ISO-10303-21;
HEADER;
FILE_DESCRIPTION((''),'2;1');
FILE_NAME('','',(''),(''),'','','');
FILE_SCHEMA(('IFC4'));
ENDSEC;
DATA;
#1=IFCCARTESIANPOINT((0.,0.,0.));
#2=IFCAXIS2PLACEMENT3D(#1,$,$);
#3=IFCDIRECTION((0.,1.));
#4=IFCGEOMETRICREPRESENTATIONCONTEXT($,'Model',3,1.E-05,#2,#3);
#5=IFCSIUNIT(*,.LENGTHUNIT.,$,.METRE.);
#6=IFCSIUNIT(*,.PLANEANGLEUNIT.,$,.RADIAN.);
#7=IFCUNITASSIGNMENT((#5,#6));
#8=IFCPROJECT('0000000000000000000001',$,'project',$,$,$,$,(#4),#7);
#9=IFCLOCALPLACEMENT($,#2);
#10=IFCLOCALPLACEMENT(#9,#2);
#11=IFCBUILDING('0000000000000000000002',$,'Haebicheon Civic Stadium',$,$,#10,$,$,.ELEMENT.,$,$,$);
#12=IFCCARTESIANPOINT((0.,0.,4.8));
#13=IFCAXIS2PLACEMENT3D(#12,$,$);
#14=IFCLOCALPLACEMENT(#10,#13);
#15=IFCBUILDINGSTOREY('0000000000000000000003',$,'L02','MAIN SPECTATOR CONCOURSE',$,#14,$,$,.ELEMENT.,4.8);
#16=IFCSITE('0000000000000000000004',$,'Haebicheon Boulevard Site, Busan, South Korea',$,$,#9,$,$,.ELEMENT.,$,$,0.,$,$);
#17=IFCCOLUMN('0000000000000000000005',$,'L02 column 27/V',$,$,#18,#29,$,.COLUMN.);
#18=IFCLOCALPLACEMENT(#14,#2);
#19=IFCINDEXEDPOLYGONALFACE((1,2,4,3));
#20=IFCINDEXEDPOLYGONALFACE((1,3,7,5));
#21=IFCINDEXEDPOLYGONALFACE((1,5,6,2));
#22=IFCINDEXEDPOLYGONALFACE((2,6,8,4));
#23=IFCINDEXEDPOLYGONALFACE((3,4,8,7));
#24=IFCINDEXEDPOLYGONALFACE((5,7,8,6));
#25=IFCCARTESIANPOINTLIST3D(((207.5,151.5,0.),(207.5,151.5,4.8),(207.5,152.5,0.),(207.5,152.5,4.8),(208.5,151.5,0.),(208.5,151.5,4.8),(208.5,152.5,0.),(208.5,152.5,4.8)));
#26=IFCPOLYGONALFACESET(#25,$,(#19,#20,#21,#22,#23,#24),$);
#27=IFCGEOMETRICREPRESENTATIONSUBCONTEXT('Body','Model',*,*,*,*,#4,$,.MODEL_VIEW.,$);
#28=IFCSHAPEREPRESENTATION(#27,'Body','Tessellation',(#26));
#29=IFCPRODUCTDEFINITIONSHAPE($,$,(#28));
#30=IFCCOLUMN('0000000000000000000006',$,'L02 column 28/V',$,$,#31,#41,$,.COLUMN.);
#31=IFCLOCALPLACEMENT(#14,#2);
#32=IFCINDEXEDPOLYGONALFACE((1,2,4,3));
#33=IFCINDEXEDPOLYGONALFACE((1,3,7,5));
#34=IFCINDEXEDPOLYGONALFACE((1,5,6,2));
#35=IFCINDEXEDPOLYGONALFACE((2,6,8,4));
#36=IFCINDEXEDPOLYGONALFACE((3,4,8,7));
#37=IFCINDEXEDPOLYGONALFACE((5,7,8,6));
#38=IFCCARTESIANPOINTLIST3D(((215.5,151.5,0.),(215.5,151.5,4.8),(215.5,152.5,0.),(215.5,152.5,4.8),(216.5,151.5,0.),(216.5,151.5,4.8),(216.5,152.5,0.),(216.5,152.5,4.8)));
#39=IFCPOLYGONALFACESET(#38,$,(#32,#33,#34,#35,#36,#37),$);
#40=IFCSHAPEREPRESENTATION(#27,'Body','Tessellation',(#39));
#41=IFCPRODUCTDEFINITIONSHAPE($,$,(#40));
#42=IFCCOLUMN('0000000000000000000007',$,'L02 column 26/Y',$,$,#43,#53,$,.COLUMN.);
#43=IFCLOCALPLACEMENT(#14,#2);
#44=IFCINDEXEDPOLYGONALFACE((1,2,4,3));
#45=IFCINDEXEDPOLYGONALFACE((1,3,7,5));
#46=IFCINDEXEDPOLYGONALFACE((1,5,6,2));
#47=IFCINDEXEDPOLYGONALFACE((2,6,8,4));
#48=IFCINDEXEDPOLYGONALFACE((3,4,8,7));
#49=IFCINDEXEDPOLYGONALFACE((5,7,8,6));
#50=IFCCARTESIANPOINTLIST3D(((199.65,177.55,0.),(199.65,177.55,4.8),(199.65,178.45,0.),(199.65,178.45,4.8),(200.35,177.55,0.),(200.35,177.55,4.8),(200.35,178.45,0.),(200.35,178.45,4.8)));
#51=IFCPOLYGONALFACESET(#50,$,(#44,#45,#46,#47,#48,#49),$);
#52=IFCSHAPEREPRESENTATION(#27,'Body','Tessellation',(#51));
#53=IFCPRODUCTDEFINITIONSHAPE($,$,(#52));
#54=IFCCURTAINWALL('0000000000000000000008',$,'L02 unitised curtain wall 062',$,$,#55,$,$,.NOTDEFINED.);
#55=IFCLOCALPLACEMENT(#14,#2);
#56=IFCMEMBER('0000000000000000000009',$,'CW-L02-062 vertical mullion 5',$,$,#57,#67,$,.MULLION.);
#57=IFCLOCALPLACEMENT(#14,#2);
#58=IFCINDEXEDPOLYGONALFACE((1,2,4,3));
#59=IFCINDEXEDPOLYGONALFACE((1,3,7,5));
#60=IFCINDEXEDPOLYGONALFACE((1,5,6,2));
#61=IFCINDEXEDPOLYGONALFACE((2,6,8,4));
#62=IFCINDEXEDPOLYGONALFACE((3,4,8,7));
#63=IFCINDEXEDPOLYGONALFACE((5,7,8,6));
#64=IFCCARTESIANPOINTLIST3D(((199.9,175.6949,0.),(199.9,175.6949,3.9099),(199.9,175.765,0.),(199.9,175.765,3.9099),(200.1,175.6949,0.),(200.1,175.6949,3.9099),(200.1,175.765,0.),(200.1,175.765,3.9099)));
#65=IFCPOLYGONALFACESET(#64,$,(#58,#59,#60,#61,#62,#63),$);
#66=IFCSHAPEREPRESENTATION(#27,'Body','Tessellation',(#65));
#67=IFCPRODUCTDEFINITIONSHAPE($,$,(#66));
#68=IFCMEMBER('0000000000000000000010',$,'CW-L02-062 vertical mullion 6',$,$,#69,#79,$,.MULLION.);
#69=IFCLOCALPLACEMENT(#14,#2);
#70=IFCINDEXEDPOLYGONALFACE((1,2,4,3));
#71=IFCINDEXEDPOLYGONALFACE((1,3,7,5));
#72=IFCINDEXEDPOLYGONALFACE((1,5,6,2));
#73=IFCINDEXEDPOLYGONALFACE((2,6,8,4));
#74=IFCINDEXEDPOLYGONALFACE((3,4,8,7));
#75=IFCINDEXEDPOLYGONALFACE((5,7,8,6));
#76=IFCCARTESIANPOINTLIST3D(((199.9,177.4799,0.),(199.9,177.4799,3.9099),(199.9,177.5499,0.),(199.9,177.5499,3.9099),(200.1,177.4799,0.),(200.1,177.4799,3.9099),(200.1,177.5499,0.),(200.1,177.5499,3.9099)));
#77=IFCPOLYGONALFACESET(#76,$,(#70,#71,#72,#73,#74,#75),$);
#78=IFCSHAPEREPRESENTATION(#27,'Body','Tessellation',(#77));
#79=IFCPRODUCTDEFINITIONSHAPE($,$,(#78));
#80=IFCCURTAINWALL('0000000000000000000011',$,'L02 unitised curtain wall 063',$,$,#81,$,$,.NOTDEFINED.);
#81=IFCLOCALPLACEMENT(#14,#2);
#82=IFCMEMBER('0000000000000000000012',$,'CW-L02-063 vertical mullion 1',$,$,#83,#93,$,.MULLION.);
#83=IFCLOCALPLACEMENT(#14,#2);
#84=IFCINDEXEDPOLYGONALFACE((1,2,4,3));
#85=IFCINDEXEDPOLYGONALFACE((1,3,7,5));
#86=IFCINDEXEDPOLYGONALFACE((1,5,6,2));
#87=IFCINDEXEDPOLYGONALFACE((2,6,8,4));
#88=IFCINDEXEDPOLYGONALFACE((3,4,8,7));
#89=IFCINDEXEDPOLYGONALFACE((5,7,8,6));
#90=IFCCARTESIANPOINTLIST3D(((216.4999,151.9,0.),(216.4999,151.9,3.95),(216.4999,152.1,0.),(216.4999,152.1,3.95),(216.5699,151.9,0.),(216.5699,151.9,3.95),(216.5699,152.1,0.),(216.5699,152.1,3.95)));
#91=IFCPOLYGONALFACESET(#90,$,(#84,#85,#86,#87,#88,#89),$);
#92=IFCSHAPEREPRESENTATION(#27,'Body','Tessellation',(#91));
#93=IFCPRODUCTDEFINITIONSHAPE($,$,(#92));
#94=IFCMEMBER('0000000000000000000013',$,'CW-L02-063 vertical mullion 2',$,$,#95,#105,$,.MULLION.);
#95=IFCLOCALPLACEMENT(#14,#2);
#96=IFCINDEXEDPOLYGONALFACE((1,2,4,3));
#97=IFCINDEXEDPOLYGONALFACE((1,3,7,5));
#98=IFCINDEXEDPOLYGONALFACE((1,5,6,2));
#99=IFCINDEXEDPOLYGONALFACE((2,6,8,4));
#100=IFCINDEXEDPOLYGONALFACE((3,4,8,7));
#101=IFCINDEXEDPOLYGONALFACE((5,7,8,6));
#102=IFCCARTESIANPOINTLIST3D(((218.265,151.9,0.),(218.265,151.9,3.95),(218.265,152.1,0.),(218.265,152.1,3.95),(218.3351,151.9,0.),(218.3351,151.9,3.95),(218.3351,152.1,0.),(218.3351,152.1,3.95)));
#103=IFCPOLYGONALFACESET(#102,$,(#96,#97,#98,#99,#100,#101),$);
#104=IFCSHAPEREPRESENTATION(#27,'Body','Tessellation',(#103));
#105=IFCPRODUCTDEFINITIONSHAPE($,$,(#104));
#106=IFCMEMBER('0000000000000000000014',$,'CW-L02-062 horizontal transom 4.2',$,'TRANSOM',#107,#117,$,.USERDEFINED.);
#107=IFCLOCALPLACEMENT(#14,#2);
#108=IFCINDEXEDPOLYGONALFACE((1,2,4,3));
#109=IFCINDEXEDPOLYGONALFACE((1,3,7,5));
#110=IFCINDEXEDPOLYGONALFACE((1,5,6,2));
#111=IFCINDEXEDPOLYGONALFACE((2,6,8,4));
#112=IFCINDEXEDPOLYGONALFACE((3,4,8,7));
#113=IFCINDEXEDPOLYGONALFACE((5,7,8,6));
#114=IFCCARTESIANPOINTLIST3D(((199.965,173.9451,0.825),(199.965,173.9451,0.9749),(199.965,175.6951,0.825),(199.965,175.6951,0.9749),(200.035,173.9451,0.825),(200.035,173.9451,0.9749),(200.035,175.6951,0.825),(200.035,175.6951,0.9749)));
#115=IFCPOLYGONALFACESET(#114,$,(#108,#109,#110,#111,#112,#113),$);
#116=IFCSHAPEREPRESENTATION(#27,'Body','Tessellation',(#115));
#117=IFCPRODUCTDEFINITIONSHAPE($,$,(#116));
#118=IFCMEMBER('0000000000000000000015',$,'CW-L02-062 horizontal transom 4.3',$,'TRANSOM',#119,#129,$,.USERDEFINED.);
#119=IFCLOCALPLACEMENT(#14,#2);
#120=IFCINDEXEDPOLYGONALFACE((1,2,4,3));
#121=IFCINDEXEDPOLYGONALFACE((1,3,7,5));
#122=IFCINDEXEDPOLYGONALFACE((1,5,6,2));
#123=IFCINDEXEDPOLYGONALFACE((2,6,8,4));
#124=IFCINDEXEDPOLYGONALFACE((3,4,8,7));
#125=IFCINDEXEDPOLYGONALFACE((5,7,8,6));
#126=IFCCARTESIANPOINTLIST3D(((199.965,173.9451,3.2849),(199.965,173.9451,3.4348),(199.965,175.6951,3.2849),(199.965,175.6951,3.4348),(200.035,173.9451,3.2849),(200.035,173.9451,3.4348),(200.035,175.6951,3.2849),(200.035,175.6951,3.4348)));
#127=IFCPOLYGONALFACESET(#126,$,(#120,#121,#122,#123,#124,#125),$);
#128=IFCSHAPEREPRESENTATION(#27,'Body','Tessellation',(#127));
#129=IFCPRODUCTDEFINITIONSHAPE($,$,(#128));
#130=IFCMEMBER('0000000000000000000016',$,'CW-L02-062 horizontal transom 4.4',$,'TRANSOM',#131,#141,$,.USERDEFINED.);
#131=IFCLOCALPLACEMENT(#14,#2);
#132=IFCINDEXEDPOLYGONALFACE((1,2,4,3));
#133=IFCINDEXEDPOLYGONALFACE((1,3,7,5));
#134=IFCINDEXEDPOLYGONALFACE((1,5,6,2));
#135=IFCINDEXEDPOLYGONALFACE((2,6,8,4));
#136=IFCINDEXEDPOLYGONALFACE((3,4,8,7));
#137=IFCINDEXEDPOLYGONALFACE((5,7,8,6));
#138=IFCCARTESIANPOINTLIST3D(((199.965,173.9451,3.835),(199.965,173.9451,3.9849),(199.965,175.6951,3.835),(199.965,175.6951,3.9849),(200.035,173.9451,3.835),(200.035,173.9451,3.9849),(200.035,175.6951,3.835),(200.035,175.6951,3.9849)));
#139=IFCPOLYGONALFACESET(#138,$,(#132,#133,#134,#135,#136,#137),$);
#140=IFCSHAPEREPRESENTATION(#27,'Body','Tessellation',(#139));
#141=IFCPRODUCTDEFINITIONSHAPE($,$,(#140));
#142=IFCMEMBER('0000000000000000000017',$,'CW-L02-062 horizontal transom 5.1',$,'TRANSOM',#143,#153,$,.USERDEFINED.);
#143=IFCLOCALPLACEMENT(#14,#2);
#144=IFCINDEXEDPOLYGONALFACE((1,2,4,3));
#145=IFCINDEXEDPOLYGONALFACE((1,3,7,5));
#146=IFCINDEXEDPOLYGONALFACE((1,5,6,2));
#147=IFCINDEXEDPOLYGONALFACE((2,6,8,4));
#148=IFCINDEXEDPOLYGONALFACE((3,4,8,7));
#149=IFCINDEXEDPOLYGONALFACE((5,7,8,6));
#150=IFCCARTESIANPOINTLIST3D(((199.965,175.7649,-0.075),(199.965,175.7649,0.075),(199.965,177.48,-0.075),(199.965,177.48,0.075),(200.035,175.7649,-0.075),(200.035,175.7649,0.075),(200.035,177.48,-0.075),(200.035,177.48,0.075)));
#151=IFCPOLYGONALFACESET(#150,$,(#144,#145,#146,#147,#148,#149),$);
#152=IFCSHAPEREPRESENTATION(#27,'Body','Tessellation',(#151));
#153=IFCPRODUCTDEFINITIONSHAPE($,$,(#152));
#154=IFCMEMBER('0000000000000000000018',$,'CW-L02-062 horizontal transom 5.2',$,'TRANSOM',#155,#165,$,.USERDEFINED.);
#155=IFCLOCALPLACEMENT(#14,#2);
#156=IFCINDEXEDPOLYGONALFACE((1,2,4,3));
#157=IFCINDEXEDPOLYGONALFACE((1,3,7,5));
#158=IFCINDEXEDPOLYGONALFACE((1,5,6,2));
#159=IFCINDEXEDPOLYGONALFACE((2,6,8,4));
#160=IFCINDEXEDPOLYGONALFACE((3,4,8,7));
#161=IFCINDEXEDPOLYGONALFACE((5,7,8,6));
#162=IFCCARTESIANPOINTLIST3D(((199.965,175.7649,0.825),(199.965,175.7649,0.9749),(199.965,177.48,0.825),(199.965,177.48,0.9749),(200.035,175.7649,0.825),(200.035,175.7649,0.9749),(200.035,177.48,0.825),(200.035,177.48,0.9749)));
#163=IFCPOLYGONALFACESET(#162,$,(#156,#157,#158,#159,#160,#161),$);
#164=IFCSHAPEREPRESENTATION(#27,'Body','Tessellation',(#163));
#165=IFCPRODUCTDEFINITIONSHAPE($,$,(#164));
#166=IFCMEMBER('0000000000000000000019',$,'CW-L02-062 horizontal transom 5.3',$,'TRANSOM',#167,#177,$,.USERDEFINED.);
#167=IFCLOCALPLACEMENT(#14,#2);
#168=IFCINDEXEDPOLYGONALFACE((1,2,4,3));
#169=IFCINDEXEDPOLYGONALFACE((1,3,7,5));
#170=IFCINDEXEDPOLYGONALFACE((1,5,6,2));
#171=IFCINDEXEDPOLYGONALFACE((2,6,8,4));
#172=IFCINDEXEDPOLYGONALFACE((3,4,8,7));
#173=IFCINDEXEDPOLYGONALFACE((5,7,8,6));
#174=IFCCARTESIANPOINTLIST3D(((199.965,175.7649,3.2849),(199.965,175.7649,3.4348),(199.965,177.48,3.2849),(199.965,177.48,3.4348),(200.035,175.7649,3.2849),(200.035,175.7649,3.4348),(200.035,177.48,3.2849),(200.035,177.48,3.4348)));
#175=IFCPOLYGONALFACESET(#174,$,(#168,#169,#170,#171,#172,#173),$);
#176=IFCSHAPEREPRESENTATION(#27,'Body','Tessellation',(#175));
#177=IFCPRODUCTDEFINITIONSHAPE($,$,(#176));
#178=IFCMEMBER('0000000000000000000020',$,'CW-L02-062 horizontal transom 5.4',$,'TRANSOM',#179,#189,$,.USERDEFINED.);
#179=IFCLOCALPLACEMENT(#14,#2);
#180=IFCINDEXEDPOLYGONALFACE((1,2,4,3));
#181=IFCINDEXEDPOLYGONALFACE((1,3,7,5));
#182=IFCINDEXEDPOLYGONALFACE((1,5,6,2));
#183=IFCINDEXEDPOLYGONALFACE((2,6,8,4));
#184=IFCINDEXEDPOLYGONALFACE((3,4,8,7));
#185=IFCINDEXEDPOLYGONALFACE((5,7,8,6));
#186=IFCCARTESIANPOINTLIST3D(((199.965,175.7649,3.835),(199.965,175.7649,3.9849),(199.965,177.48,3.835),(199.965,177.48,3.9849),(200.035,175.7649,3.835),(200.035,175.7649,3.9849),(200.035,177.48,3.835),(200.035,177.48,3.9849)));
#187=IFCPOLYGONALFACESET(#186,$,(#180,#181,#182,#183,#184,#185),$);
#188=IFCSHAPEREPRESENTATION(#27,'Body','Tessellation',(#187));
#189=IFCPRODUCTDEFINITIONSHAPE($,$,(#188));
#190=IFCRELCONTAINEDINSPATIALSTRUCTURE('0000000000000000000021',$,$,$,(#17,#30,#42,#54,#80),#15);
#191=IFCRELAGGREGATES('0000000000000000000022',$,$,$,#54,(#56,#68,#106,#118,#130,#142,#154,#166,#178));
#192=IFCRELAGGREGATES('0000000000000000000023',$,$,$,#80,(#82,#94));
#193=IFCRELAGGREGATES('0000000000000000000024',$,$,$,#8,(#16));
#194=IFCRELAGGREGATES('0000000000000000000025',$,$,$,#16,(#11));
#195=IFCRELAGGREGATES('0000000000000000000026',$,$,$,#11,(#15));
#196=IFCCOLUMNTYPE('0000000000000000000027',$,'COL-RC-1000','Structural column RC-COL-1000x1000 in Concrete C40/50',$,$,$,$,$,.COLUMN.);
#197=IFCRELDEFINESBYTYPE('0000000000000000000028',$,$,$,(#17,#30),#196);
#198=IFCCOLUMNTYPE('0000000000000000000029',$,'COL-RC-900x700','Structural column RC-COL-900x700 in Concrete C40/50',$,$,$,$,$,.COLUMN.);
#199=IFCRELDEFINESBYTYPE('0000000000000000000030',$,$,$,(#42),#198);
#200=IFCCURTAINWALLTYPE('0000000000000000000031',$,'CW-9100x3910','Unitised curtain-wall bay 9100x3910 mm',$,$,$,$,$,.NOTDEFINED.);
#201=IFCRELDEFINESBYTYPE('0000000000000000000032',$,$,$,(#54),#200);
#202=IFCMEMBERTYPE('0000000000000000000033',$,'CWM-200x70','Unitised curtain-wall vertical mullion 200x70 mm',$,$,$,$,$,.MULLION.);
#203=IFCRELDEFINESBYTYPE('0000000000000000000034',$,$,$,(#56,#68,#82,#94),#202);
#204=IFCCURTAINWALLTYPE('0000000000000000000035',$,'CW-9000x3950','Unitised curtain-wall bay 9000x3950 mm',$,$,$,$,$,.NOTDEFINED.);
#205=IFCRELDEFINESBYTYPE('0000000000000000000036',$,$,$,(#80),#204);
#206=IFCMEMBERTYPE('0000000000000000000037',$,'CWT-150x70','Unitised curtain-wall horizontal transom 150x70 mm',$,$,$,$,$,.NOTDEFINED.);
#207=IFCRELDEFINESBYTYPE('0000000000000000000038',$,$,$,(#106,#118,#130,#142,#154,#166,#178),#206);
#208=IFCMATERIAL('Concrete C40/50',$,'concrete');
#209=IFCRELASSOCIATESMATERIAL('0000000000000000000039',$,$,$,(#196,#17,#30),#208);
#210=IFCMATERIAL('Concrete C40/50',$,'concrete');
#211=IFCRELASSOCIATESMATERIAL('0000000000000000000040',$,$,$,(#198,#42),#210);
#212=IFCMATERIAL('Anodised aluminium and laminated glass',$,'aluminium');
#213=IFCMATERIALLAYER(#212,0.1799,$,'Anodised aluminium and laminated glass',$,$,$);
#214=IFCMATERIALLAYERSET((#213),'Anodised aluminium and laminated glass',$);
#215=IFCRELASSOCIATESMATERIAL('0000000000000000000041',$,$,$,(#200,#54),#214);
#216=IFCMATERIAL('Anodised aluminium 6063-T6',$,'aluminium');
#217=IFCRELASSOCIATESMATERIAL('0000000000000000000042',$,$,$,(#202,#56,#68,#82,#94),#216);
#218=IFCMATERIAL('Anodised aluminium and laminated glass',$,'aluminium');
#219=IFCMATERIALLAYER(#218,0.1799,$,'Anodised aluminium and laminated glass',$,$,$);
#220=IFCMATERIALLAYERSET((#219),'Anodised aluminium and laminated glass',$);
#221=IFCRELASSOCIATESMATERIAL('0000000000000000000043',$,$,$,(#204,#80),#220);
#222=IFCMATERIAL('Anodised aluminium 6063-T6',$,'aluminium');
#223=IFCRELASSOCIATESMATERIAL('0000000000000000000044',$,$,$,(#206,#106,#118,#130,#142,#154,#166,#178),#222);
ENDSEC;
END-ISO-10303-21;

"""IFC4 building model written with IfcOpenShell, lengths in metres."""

from ifc_helpers import new_model, si_unit, direction, frame, origin, origin_2d, place, context, subcontext, project, spatial, rectangle, extrude, material, layer, layer_set, material_profile, profile_set, type_object, element, aggregate, save


model = new_model("IFC4")

# Units and contexts
model_context = context("Model", 3, precision=1e-05, world=origin(), true_north=direction((0.0, 1.0)))
body_context = subcontext(model_context, "Body", "Model", "MODEL_VIEW")
ifc_project = project(units=[si_unit("LENGTHUNIT", "METRE"), si_unit("PLANEANGLEUNIT", "RADIAN")], contexts=[model_context])

# Site, building, storey
site_placement = place(None, origin())
site = spatial("IfcSite", under=ifc_project, at=site_placement, Name="Haebicheon Boulevard Site, Busan, South Korea", CompositionType="ELEMENT", RefElevation=0.0)
building_placement = place(site_placement, origin())
building = spatial("IfcBuilding", under=site, at=building_placement, Name="Haebicheon Civic Stadium", CompositionType="ELEMENT")
storey_placement = place(building_placement, frame((0.0, 0.0, 4.8)))
storey = spatial("IfcBuildingStorey", under=building, at=storey_placement, Name="L02", Description="MAIN SPECTATOR CONCOURSE", CompositionType="ELEMENT", Elevation=4.8)

# Columns
ifc_material_1 = material(Name="Concrete C40/50", Category="concrete")
ifc_material_profile_1 = material_profile(ifc_material_1, rectangle(XDim=1.0, YDim=1.0, at=origin_2d()), Name="RC-COL-1000x1000")
ifc_profile_set_1 = profile_set([ifc_material_profile_1], Name="Concrete C40/50")
column_type_1 = type_object("IfcColumnType", Name="COL-RC-1000", Description="Structural column RC-COL-1000x1000 in Concrete C40/50", PredefinedType="COLUMN", material=ifc_profile_set_1)
for number, where, z_axis, x_axis, name in (
    (1, (208.0, 152.0, 0.0), (0.0, 0.0, 1.0), (1.0, 0.0, 0.0), "L02 column 27/V"),
    (2, (216.0, 152.0, 0.0), (0.0, 0.0, 1.0), (1.0, 0.0, 0.0), "L02 column 28/V"),
):
    element("IfcColumn", number, at=place(storey_placement, frame(where, z_axis=z_axis, x_axis=x_axis)), inside=storey, type_object=column_type_1, material=ifc_profile_set_1, Name=name, PredefinedType="COLUMN", context=body_context, shape_type="SweptSolid", body=[
        extrude(rectangle(XDim=1.0, YDim=1.0, at=origin_2d()), origin(), (0.0, 0.0, 1.0), 4.8),
    ])
ifc_material_2 = material(Name="Concrete C40/50", Category="concrete")
ifc_material_profile_2 = material_profile(ifc_material_2, rectangle(XDim=0.7, YDim=0.8999, at=origin_2d()), Name="RC-COL-900x700")
ifc_profile_set_2 = profile_set([ifc_material_profile_2], Name="Concrete C40/50")
column_type_2 = type_object("IfcColumnType", Name="COL-RC-900x700", Description="Structural column RC-COL-900x700 in Concrete C40/50", PredefinedType="COLUMN", material=ifc_profile_set_2)
column_placement = place(storey_placement, frame((200.0, 178.0, 0.0), z_axis=(0.0, 0.0, 1.0), x_axis=(1.0, 0.0, 0.0)))
element("IfcColumn", 3, at=column_placement, inside=storey, type_object=column_type_2, material=ifc_profile_set_2, Name="L02 column 26/Y", PredefinedType="COLUMN", context=body_context, shape_type="SweptSolid", body=[
    extrude(rectangle(XDim=0.7, YDim=0.8999, at=origin_2d()), origin(), (0.0, 0.0, 1.0), 4.8),
])

# Curtain walls, members
ifc_material_3 = material(Name="Anodised aluminium and laminated glass", Category="aluminium")
ifc_layer_1 = layer(ifc_material_3, 0.1799, Name="Anodised aluminium and laminated glass")
ifc_layer_set_1 = layer_set([ifc_layer_1], Name="Anodised aluminium and laminated glass")
curtain_wall_type_1 = type_object("IfcCurtainWallType", Name="CW-9100x3910", Description="Unitised curtain-wall bay 9100x3910 mm", PredefinedType="NOTDEFINED", material=ifc_layer_set_1)
curtain_wall_1_placement = place(storey_placement, origin())
curtain_wall_1 = element("IfcCurtainWall", 4, at=curtain_wall_1_placement, inside=storey, type_object=curtain_wall_type_1, material=ifc_layer_set_1, Name="L02 unitised curtain wall 062", PredefinedType="NOTDEFINED")
ifc_material_4 = material(Name="Anodised aluminium 6063-T6", Category="aluminium")
ifc_material_profile_3 = material_profile(ifc_material_4, rectangle(XDim=0.0701, YDim=0.2, at=origin_2d()), Name="ALU-MULL-70x200")
ifc_profile_set_3 = profile_set([ifc_material_profile_3], Name="Anodised aluminium 6063-T6")
member_type_1 = type_object("IfcMemberType", Name="CWM-200x70", Description="Unitised curtain-wall vertical mullion 200x70 mm", PredefinedType="MULLION", material=ifc_profile_set_3)
member_1_placement = place(storey_placement, frame((200.0, 175.73, 0.0), z_axis=(0.0, 0.0, 1.0), x_axis=(0.0, 1.0, 0.0)))
member_1 = element("IfcMember", 5, at=member_1_placement, type_object=member_type_1, material=ifc_profile_set_3, Name="CW-L02-062 vertical mullion 5", PredefinedType="MULLION", context=body_context, shape_type="SweptSolid", body=[
    extrude(rectangle(XDim=0.0701, YDim=0.2, at=origin_2d()), origin(), (0.0, 0.0, 1.0), 3.9099),
])
member_2_placement = place(storey_placement, frame((200.0, 177.5149, 0.0), z_axis=(0.0, 0.0, 1.0), x_axis=(0.0, 1.0, 0.0)))
member_2 = element("IfcMember", 6, at=member_2_placement, type_object=member_type_1, material=ifc_profile_set_3, Name="CW-L02-062 vertical mullion 6", PredefinedType="MULLION", context=body_context, shape_type="SweptSolid", body=[
    extrude(rectangle(XDim=0.0701, YDim=0.2, at=origin_2d()), origin(), (0.0, 0.0, 1.0), 3.9099),
])
ifc_material_5 = material(Name="Anodised aluminium and laminated glass", Category="aluminium")
ifc_layer_2 = layer(ifc_material_5, 0.1799, Name="Anodised aluminium and laminated glass")
ifc_layer_set_2 = layer_set([ifc_layer_2], Name="Anodised aluminium and laminated glass")
curtain_wall_type_2 = type_object("IfcCurtainWallType", Name="CW-9000x3950", Description="Unitised curtain-wall bay 9000x3950 mm", PredefinedType="NOTDEFINED", material=ifc_layer_set_2)
curtain_wall_2_placement = place(storey_placement, origin())
curtain_wall_2 = element("IfcCurtainWall", 7, at=curtain_wall_2_placement, inside=storey, type_object=curtain_wall_type_2, material=ifc_layer_set_2, Name="L02 unitised curtain wall 063", PredefinedType="NOTDEFINED")
member_3_placement = place(storey_placement, frame((216.5349, 152.0, 0.0), z_axis=(0.0, 0.0, 1.0), x_axis=(1.0, 0.0, 0.0)))
member_3 = element("IfcMember", 8, at=member_3_placement, type_object=member_type_1, material=ifc_profile_set_3, Name="CW-L02-063 vertical mullion 1", PredefinedType="MULLION", context=body_context, shape_type="SweptSolid", body=[
    extrude(rectangle(XDim=0.0701, YDim=0.2, at=origin_2d()), origin(), (0.0, 0.0, 1.0), 3.95),
])
member_4_placement = place(storey_placement, frame((218.3, 152.0, 0.0), z_axis=(0.0, 0.0, 1.0), x_axis=(1.0, 0.0, 0.0)))
member_4 = element("IfcMember", 9, at=member_4_placement, type_object=member_type_1, material=ifc_profile_set_3, Name="CW-L02-063 vertical mullion 2", PredefinedType="MULLION", context=body_context, shape_type="SweptSolid", body=[
    extrude(rectangle(XDim=0.0701, YDim=0.2, at=origin_2d()), origin(), (0.0, 0.0, 1.0), 3.95),
])

# Members
ifc_material_6 = material(Name="Anodised aluminium 6063-T6", Category="aluminium")
ifc_material_profile_4 = material_profile(ifc_material_6, rectangle(XDim=0.0701, YDim=0.1499, at=origin_2d()), Name="ALU-TRAN-70x150")
ifc_profile_set_4 = profile_set([ifc_material_profile_4], Name="Anodised aluminium 6063-T6")
member_type_2 = type_object("IfcMemberType", Name="CWT-150x70", Description="Unitised curtain-wall horizontal transom 150x70 mm", PredefinedType="NOTDEFINED", material=ifc_profile_set_4)
member_5_placement = place(storey_placement, frame((200.0, 173.9451, 0.8999), z_axis=(0.0, 1.0, 0.0), x_axis=(-1.0, 0.0, 0.0)))
member_5 = element("IfcMember", 10, at=member_5_placement, type_object=member_type_2, material=ifc_profile_set_4, Name="CW-L02-062 horizontal transom 4.2", ObjectType="TRANSOM", PredefinedType="USERDEFINED", context=body_context, shape_type="SweptSolid", body=[
    extrude(rectangle(XDim=0.0701, YDim=0.1499, at=origin_2d()), origin(), (0.0, 0.0, 1.0), 1.75),
])
member_6_placement = place(storey_placement, frame((200.0, 173.9451, 3.3599), z_axis=(0.0, 1.0, 0.0), x_axis=(-1.0, 0.0, 0.0)))
member_6 = element("IfcMember", 11, at=member_6_placement, type_object=member_type_2, material=ifc_profile_set_4, Name="CW-L02-062 horizontal transom 4.3", ObjectType="TRANSOM", PredefinedType="USERDEFINED", context=body_context, shape_type="SweptSolid", body=[
    extrude(rectangle(XDim=0.0701, YDim=0.1499, at=origin_2d()), origin(), (0.0, 0.0, 1.0), 1.75),
])
member_7_placement = place(storey_placement, frame((200.0, 173.9451, 3.9099), z_axis=(0.0, 1.0, 0.0), x_axis=(-1.0, 0.0, 0.0)))
member_7 = element("IfcMember", 12, at=member_7_placement, type_object=member_type_2, material=ifc_profile_set_4, Name="CW-L02-062 horizontal transom 4.4", ObjectType="TRANSOM", PredefinedType="USERDEFINED", context=body_context, shape_type="SweptSolid", body=[
    extrude(rectangle(XDim=0.0701, YDim=0.1499, at=origin_2d()), origin(), (0.0, 0.0, 1.0), 1.75),
])
member_8_placement = place(storey_placement, frame((200.0, 175.7649, 0.0), z_axis=(0.0, 1.0, 0.0), x_axis=(-1.0, 0.0, 0.0)))
member_8 = element("IfcMember", 13, at=member_8_placement, type_object=member_type_2, material=ifc_profile_set_4, Name="CW-L02-062 horizontal transom 5.1", ObjectType="TRANSOM", PredefinedType="USERDEFINED", context=body_context, shape_type="SweptSolid", body=[
    extrude(rectangle(XDim=0.0701, YDim=0.1499, at=origin_2d()), origin(), (0.0, 0.0, 1.0), 1.7151),
])
member_9_placement = place(storey_placement, frame((200.0, 175.7649, 0.8999), z_axis=(0.0, 1.0, 0.0), x_axis=(-1.0, 0.0, 0.0)))
member_9 = element("IfcMember", 14, at=member_9_placement, type_object=member_type_2, material=ifc_profile_set_4, Name="CW-L02-062 horizontal transom 5.2", ObjectType="TRANSOM", PredefinedType="USERDEFINED", context=body_context, shape_type="SweptSolid", body=[
    extrude(rectangle(XDim=0.0701, YDim=0.1499, at=origin_2d()), origin(), (0.0, 0.0, 1.0), 1.7151),
])
member_10_placement = place(storey_placement, frame((200.0, 175.7649, 3.3599), z_axis=(0.0, 1.0, 0.0), x_axis=(-1.0, 0.0, 0.0)))
member_10 = element("IfcMember", 15, at=member_10_placement, type_object=member_type_2, material=ifc_profile_set_4, Name="CW-L02-062 horizontal transom 5.3", ObjectType="TRANSOM", PredefinedType="USERDEFINED", context=body_context, shape_type="SweptSolid", body=[
    extrude(rectangle(XDim=0.0701, YDim=0.1499, at=origin_2d()), origin(), (0.0, 0.0, 1.0), 1.7151),
])
member_11_placement = place(storey_placement, frame((200.0, 175.7649, 3.9099), z_axis=(0.0, 1.0, 0.0), x_axis=(-1.0, 0.0, 0.0)))
member_11 = element("IfcMember", 16, at=member_11_placement, type_object=member_type_2, material=ifc_profile_set_4, Name="CW-L02-062 horizontal transom 5.4", ObjectType="TRANSOM", PredefinedType="USERDEFINED", context=body_context, shape_type="SweptSolid", body=[
    extrude(rectangle(XDim=0.0701, YDim=0.1499, at=origin_2d()), origin(), (0.0, 0.0, 1.0), 1.7151),
])

aggregate(curtain_wall_1, [member_1, member_2, member_5, member_6, member_7, member_8, member_9, member_10, member_11])
aggregate(curtain_wall_2, [member_3, member_4])

save(model, "model.ifc")
